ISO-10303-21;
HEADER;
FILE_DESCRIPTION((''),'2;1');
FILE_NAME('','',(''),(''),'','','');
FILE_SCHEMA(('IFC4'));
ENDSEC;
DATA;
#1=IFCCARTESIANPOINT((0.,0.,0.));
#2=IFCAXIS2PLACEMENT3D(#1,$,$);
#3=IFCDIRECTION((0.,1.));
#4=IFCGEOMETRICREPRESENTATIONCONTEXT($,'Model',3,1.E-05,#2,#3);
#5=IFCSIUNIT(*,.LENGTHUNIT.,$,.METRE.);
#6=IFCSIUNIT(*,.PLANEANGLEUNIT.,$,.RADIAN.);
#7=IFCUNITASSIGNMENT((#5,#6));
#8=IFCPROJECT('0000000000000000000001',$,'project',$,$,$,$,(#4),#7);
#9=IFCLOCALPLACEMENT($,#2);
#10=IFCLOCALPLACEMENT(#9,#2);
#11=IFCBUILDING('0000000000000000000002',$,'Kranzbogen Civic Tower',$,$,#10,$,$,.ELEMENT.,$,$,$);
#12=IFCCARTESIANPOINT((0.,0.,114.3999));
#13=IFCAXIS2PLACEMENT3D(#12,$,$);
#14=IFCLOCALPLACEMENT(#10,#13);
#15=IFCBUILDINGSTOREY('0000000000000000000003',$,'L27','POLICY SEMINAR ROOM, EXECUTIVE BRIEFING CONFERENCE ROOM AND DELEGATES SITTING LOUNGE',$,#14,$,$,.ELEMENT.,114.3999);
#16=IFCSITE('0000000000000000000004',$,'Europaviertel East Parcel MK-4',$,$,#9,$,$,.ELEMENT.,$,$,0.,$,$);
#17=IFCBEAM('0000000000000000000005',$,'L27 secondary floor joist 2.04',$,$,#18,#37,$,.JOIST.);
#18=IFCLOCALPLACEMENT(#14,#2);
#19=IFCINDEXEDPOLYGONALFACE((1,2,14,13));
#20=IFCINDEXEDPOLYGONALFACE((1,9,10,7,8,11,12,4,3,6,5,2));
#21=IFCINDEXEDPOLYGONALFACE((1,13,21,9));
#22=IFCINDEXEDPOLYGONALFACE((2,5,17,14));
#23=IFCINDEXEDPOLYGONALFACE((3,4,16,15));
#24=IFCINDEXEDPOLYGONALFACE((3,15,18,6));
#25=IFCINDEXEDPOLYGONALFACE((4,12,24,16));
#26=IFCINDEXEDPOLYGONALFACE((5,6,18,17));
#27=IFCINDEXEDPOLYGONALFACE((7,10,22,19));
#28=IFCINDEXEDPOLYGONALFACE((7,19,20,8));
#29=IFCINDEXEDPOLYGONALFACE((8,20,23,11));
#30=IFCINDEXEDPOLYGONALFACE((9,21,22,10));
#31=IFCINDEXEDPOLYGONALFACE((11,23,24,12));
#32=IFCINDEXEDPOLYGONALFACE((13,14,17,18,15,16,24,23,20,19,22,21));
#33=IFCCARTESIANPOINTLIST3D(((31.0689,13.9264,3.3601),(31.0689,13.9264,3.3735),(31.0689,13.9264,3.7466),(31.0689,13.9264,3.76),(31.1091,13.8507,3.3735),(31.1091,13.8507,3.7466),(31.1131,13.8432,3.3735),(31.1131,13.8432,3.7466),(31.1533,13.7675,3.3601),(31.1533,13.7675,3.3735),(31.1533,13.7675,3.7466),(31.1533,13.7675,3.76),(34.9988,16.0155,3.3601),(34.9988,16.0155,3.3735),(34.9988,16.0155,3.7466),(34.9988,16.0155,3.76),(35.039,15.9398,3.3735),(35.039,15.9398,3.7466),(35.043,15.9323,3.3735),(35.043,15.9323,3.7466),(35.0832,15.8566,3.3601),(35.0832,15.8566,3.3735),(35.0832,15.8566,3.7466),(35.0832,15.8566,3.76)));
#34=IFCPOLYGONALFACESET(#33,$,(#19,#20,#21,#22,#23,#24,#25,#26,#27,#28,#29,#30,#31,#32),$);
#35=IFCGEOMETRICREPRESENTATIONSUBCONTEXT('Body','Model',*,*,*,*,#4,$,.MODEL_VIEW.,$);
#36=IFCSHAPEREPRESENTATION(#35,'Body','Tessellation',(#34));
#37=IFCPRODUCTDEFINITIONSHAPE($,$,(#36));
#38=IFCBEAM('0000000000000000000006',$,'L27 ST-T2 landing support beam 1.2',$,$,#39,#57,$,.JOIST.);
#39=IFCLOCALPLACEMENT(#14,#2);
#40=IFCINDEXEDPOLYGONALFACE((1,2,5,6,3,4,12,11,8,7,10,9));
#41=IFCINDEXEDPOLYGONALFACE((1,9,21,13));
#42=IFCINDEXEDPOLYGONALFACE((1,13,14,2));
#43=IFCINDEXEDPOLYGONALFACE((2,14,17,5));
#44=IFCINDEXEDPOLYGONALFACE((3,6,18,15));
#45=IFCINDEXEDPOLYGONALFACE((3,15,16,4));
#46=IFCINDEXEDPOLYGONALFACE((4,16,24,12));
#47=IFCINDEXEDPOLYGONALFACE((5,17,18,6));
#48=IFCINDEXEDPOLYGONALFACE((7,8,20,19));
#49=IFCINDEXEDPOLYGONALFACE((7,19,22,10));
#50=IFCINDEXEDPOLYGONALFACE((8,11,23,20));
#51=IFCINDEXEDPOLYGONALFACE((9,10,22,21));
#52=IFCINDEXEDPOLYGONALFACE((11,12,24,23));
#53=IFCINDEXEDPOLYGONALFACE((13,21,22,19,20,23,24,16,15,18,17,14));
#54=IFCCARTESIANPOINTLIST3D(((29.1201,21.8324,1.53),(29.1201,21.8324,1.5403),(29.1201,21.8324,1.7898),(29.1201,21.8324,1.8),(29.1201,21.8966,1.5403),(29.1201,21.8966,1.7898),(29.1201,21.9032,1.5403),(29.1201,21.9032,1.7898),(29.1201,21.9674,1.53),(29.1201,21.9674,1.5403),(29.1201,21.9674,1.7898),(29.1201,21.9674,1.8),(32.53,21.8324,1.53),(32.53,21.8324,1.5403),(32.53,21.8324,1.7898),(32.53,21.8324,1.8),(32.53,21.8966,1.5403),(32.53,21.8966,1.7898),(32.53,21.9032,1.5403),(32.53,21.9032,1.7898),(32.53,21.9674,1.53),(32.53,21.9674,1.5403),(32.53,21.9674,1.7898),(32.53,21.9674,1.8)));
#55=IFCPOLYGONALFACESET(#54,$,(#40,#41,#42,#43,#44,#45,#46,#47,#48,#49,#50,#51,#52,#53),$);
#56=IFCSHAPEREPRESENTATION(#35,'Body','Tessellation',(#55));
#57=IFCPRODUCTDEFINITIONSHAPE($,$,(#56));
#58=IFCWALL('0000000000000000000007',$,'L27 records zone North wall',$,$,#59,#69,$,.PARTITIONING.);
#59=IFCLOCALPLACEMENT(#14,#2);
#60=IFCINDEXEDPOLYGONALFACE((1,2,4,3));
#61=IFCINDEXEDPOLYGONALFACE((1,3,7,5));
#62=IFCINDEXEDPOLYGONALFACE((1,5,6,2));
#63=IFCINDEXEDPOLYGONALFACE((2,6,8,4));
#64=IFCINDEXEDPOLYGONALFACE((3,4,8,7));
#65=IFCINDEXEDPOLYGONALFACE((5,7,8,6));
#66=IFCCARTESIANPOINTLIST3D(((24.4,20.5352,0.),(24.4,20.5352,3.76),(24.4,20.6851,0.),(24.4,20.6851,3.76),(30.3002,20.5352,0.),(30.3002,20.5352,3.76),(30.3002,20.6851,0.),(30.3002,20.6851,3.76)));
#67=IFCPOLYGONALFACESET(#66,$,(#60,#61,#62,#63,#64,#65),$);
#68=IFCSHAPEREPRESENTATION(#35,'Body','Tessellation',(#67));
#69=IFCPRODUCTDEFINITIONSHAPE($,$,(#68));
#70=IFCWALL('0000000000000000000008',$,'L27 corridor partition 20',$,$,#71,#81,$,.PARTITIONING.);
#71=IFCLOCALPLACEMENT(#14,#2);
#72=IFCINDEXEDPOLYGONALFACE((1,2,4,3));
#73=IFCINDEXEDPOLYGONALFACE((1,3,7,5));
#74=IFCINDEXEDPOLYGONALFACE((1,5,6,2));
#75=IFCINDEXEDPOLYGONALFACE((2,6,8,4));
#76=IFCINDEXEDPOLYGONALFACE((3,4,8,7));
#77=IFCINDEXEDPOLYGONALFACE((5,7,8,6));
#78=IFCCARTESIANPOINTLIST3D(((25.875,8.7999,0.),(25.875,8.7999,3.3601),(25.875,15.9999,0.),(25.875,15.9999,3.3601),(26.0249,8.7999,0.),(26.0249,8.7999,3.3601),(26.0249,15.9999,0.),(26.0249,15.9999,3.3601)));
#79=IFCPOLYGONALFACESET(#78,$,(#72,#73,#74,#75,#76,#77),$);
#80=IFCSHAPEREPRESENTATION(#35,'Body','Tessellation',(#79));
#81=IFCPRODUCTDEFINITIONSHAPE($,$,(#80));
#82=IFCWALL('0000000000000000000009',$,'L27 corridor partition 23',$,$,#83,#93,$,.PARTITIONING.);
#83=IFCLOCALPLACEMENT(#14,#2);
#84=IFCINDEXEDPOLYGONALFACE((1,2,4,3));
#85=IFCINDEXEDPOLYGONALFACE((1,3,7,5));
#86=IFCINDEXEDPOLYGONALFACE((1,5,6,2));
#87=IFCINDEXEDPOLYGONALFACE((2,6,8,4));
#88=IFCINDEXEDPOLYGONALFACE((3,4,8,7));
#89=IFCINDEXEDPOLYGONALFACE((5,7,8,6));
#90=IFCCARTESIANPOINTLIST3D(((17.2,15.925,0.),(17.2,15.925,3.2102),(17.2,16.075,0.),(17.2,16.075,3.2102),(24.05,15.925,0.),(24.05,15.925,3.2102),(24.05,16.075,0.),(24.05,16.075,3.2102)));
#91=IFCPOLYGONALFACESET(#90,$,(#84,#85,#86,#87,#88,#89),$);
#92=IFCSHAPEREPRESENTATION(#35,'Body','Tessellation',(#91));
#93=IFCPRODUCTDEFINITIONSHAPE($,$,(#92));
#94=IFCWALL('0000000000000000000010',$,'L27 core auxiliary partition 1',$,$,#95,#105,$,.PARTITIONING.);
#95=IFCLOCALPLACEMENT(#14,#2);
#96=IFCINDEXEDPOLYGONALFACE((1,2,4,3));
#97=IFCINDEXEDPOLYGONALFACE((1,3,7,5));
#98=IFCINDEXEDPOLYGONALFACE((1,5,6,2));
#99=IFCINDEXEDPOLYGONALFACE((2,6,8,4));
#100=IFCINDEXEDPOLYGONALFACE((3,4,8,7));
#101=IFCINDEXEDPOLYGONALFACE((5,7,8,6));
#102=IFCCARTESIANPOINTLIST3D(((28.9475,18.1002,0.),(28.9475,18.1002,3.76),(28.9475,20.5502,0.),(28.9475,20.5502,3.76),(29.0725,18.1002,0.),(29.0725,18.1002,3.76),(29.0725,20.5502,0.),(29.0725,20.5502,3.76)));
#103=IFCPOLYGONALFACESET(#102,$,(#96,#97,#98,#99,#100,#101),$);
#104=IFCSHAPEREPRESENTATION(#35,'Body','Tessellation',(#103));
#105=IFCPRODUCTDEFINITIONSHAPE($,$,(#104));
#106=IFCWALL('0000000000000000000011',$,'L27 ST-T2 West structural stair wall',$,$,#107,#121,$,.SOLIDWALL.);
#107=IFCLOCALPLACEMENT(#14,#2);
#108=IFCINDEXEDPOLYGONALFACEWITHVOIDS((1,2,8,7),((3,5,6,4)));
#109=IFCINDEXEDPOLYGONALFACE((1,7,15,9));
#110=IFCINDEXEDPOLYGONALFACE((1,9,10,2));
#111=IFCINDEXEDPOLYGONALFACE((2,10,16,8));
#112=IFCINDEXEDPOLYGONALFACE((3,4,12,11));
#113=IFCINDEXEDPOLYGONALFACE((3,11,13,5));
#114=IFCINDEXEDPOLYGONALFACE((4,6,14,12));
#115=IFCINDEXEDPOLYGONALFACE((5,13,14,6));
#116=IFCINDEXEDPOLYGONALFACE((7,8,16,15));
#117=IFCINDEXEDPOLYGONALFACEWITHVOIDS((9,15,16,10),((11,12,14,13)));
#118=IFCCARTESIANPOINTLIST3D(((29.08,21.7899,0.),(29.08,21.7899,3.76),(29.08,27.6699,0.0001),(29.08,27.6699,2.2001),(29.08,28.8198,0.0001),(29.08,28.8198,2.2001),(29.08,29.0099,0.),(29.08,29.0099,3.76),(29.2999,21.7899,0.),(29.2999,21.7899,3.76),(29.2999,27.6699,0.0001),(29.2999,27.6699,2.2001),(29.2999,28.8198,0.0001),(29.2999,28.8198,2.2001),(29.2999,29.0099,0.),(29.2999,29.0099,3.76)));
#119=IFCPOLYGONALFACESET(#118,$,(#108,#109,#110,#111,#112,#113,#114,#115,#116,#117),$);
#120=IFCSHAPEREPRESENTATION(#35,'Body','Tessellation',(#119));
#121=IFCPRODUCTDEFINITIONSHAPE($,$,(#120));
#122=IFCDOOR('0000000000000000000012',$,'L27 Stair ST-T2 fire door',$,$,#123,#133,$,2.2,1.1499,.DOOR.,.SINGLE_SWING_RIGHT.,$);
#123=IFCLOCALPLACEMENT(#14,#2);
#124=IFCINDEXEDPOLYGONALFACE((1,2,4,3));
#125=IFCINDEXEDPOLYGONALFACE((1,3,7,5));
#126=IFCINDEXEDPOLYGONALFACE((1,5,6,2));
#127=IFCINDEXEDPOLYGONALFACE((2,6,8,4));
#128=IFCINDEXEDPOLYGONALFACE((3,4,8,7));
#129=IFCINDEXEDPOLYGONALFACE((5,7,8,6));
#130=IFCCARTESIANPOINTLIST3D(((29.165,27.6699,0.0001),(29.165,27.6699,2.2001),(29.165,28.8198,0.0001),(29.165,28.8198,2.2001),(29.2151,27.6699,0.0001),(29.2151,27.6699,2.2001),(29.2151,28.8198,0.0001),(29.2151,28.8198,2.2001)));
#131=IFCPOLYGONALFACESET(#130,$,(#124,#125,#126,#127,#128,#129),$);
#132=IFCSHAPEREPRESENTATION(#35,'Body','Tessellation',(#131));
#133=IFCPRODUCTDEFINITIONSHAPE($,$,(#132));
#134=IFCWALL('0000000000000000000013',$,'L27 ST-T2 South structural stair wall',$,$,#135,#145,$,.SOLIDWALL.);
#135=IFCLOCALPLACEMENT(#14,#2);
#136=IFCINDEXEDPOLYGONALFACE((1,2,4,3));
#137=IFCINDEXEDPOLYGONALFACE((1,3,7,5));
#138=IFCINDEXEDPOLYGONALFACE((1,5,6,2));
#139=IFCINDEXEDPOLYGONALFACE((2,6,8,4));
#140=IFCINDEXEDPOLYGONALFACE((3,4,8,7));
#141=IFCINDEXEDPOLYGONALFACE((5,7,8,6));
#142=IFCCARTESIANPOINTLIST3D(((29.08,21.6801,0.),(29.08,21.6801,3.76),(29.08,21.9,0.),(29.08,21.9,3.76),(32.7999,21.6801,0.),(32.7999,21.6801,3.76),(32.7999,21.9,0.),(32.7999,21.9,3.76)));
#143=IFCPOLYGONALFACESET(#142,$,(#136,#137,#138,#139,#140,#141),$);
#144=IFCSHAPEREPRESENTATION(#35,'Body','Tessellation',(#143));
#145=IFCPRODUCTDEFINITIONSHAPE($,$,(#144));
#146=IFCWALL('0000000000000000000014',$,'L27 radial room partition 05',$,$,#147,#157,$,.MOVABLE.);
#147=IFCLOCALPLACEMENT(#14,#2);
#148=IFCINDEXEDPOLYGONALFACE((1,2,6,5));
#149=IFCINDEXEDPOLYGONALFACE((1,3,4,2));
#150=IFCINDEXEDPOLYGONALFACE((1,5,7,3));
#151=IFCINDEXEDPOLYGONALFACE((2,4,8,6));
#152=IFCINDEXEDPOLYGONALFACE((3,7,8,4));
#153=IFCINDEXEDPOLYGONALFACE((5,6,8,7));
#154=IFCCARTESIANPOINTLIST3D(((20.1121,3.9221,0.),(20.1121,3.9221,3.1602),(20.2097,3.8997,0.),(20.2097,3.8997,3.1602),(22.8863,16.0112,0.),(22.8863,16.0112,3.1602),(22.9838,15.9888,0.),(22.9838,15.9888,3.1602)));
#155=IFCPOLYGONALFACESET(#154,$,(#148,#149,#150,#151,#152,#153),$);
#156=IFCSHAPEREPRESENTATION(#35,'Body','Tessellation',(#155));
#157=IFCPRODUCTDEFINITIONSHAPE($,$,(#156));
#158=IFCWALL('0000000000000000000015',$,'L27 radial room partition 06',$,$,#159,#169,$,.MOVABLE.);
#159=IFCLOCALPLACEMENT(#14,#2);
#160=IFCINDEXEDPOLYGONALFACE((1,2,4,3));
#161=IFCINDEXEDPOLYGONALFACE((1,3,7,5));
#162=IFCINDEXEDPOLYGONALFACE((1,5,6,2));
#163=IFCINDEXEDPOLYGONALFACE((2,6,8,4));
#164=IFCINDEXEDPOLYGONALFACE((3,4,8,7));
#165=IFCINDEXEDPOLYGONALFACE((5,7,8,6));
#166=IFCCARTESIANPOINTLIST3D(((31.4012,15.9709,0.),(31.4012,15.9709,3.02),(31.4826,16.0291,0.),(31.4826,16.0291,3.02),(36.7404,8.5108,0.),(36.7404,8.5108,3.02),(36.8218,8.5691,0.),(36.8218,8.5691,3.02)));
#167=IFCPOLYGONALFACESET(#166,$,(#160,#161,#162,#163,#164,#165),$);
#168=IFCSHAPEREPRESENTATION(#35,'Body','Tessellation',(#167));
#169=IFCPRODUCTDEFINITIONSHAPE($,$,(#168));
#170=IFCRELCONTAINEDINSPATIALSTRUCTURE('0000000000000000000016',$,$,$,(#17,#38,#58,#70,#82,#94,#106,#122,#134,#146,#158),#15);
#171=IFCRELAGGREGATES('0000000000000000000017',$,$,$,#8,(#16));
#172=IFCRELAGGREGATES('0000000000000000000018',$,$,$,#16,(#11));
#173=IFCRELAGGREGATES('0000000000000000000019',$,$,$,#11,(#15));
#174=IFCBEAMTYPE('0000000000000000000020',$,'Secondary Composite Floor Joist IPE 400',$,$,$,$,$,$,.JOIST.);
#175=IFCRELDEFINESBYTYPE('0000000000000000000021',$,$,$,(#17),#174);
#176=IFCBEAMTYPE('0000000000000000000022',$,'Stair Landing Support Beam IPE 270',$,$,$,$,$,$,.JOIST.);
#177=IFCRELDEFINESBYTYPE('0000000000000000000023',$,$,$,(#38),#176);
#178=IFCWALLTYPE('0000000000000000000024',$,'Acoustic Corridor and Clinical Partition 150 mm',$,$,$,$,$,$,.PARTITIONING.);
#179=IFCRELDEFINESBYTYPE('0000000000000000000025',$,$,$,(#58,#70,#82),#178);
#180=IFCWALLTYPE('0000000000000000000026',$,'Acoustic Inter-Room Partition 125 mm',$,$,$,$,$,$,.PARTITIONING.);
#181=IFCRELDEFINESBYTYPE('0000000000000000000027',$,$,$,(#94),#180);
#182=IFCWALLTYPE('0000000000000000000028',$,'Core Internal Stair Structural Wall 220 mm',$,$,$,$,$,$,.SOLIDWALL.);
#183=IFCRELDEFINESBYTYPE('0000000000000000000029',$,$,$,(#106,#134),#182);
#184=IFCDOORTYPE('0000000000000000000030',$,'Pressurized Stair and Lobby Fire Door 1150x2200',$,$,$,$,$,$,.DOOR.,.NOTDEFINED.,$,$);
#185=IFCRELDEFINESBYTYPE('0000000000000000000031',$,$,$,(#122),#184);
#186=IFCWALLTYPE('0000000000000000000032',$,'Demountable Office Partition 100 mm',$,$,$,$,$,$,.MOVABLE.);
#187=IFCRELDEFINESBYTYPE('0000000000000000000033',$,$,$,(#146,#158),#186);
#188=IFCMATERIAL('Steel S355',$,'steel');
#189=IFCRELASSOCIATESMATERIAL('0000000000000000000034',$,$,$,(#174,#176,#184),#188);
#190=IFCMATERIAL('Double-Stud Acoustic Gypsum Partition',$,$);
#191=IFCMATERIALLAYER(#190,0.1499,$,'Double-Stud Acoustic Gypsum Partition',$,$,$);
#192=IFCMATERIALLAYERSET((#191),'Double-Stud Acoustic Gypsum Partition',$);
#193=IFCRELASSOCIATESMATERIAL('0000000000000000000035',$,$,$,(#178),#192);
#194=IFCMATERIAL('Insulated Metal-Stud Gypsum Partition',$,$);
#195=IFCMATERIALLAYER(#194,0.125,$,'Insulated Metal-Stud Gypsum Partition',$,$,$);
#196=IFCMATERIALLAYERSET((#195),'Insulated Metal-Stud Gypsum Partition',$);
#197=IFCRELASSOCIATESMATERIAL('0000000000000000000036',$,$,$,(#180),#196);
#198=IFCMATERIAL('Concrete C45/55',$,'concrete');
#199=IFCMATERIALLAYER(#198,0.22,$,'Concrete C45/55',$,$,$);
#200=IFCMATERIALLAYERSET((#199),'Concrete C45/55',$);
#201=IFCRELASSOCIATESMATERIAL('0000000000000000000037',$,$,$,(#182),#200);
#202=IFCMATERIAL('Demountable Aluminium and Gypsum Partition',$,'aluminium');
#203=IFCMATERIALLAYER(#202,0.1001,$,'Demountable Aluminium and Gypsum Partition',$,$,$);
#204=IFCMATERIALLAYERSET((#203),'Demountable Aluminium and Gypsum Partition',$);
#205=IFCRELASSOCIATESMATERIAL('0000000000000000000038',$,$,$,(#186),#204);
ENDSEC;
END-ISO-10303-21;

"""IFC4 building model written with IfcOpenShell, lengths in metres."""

from ifc_helpers import new_model, si_unit, direction, frame, frame_2d, origin, origin_2d, place, context, subcontext, project, spatial, rectangle, i_section, extrude, material, layer, layer_set, material_profile, profile_set, type_object, element, fill, save


model = new_model("IFC4")

# Units and contexts
model_context = context("Model", 3, precision=1e-05, world=origin(), true_north=direction((0.0, 1.0)))
body_context = subcontext(model_context, "Body", "Model", "MODEL_VIEW")
ifc_project = project(units=[si_unit("LENGTHUNIT", "METRE"), si_unit("PLANEANGLEUNIT", "RADIAN")], contexts=[model_context])

# Site, building, storey
site_placement = place(None, origin())
site = spatial("IfcSite", under=ifc_project, at=site_placement, Name="Europaviertel East Parcel MK-4", CompositionType="ELEMENT", RefElevation=0.0)
building_placement = place(site_placement, origin())
building = spatial("IfcBuilding", under=site, at=building_placement, Name="Kranzbogen Civic Tower", CompositionType="ELEMENT")
storey_placement = place(building_placement, frame((0.0, 0.0, 114.3999)))
storey = spatial("IfcBuildingStorey", under=building, at=storey_placement, Name="L27", Description="POLICY SEMINAR ROOM, EXECUTIVE BRIEFING CONFERENCE ROOM AND DELEGATES SITTING LOUNGE", CompositionType="ELEMENT", Elevation=114.3999)

# Beams
ifc_material_1 = material(Name="Steel S355", Category="steel")
ifc_material_profile_1 = material_profile(ifc_material_1, i_section(OverallWidth=0.1799, OverallDepth=0.3999, WebThickness=0.0085, FlangeThickness=0.0134, at=origin_2d()), Name="IPE 400")
ifc_profile_set_1 = profile_set([ifc_material_profile_1], Name="Steel S355")
beam_type_1 = type_object("IfcBeamType", Name="Secondary Composite Floor Joist IPE 400", PredefinedType="JOIST", material=ifc_profile_set_1)
beam_1_placement = place(storey_placement, frame((31.1111, 13.8469, 3.5601), z_axis=(0.882991, 0.469389, 0.0), x_axis=(-0.469389, 0.882991, 0.0)))
element("IfcBeam", 1, at=beam_1_placement, inside=storey, type_object=beam_type_1, Name="L27 secondary floor joist 2.04", PredefinedType="JOIST", context=body_context, shape_type="SweptSolid", body=[
    extrude(i_section(OverallWidth=0.1799, OverallDepth=0.3999, WebThickness=0.0085, FlangeThickness=0.0134, at=origin_2d()), origin(), (0.0, 0.0, 1.0), 4.4507),
])
ifc_material_profile_2 = material_profile(ifc_material_1, i_section(OverallWidth=0.135, OverallDepth=0.27, WebThickness=0.0066, FlangeThickness=0.0103, at=origin_2d()), Name="IPE 270")
ifc_profile_set_2 = profile_set([ifc_material_profile_2], Name="Steel S355")
beam_type_2 = type_object("IfcBeamType", Name="Stair Landing Support Beam IPE 270", PredefinedType="JOIST", material=ifc_profile_set_2)
beam_2_placement = place(storey_placement, frame((29.1201, 21.8999, 1.665), z_axis=(1.0, 0.0, 0.0), x_axis=(0.0, 1.0, 0.0)))
element("IfcBeam", 2, at=beam_2_placement, inside=storey, type_object=beam_type_2, Name="L27 ST-T2 landing support beam 1.2", PredefinedType="JOIST", context=body_context, shape_type="SweptSolid", body=[
    extrude(i_section(OverallWidth=0.135, OverallDepth=0.27, WebThickness=0.0066, FlangeThickness=0.0103, at=origin_2d()), origin(), (0.0, 0.0, 1.0), 3.4099),
])

# Walls
ifc_material_2 = material(Name="Double-Stud Acoustic Gypsum Partition")
ifc_layer_1 = layer(ifc_material_2, 0.1499, Name="Double-Stud Acoustic Gypsum Partition")
ifc_layer_set_1 = layer_set([ifc_layer_1], Name="Double-Stud Acoustic Gypsum Partition")
wall_type_1 = type_object("IfcWallType", Name="Acoustic Corridor and Clinical Partition 150 mm", PredefinedType="PARTITIONING", material=ifc_layer_set_1)
wall_1_placement = place(storey_placement, frame((24.3999, 20.6101, 0.0), z_axis=(0.0, 0.0, 1.0), x_axis=(1.0, 0.0, 0.0)))
element("IfcWall", 3, at=wall_1_placement, inside=storey, type_object=wall_type_1, Name="L27 records zone North wall", PredefinedType="PARTITIONING", context=body_context, shape_type="SweptSolid", body=[
    extrude(rectangle(XDim=5.9001, YDim=0.1499, at=frame_2d((2.9502, 0.0))), origin(), (0.0, 0.0, 1.0), 3.76),
])
wall_2_placement = place(storey_placement, frame((25.95, 16.0, 0.0), z_axis=(0.0, 0.0, 1.0), x_axis=(0.0, -1.0, 0.0)))
element("IfcWall", 4, at=wall_2_placement, inside=storey, type_object=wall_type_1, Name="L27 corridor partition 20", PredefinedType="PARTITIONING", context=body_context, shape_type="SweptSolid", body=[
    extrude(rectangle(XDim=7.2, YDim=0.1499, at=frame_2d((3.6001, 0.0))), origin(), (0.0, 0.0, 1.0), 3.3601),
])
wall_3_placement = place(storey_placement, frame((24.05, 16.0, 0.0), z_axis=(0.0, 0.0, 1.0), x_axis=(-1.0, 0.0, 0.0)))
element("IfcWall", 5, at=wall_3_placement, inside=storey, type_object=wall_type_1, Name="L27 corridor partition 23", PredefinedType="PARTITIONING", context=body_context, shape_type="SweptSolid", body=[
    extrude(rectangle(XDim=6.8501, YDim=0.1499, at=frame_2d((3.425, 0.0))), origin(), (0.0, 0.0, 1.0), 3.2102),
])
ifc_material_3 = material(Name="Insulated Metal-Stud Gypsum Partition")
ifc_layer_2 = layer(ifc_material_3, 0.125, Name="Insulated Metal-Stud Gypsum Partition")
ifc_layer_set_2 = layer_set([ifc_layer_2], Name="Insulated Metal-Stud Gypsum Partition")
wall_type_2 = type_object("IfcWallType", Name="Acoustic Inter-Room Partition 125 mm", PredefinedType="PARTITIONING", material=ifc_layer_set_2)
wall_4_placement = place(storey_placement, frame((29.01, 18.1001, 0.0), z_axis=(0.0, 0.0, 1.0), x_axis=(0.0, 1.0, 0.0)))
element("IfcWall", 6, at=wall_4_placement, inside=storey, type_object=wall_type_2, Name="L27 core auxiliary partition 1", PredefinedType="PARTITIONING", context=body_context, shape_type="SweptSolid", body=[
    extrude(rectangle(XDim=2.45, YDim=0.125, at=frame_2d((1.2251, 0.0))), origin(), (0.0, 0.0, 1.0), 3.76),
])

# Wall, opening, door
ifc_material_4 = material(Name="Concrete C45/55", Category="concrete")
ifc_layer_3 = layer(ifc_material_4, 0.22, Name="Concrete C45/55")
ifc_layer_set_3 = layer_set([ifc_layer_3], Name="Concrete C45/55")
wall_type_3 = type_object("IfcWallType", Name="Core Internal Stair Structural Wall 220 mm", PredefinedType="SOLIDWALL", material=ifc_layer_set_3)
wall_5_placement = place(storey_placement, frame((29.1899, 21.79, 0.0), z_axis=(0.0, 0.0, 1.0), x_axis=(0.0, 1.0, 0.0)))
wall_5 = element("IfcWall", 7, at=wall_5_placement, inside=storey, type_object=wall_type_3, Name="L27 ST-T2 West structural stair wall", PredefinedType="SOLIDWALL", context=body_context, shape_type="SweptSolid", body=[
    extrude(rectangle(XDim=7.22, YDim=0.22, at=frame_2d((3.6099, 0.0))), origin(), (0.0, 0.0, 1.0), 3.76),
])
opening_1_placement = place(wall_5_placement, frame((5.8799, 0.0, 0.0)))
opening_1 = element("IfcOpeningElement", 8, at=opening_1_placement, cuts=wall_5, PredefinedType="OPENING", context=body_context, shape_type="SweptSolid", body=[
    extrude(rectangle(XDim=1.1499, YDim=2.2, at=frame_2d((0.575, 1.1001))), frame((0.0, 0.1201, 0.0), z_axis=(0.0, -1.0, 0.0), x_axis=(1.0, 0.0, 0.0)), (0.0, 0.0, 1.0), 0.24),
])
door_type_1 = type_object("IfcDoorType", Name="Pressurized Stair and Lobby Fire Door 1150x2200", OperationType="NOTDEFINED", PredefinedType="DOOR", material=ifc_material_1)
door_1_placement = place(opening_1_placement, origin())
door_1 = element("IfcDoor", 9, at=door_1_placement, inside=storey, type_object=door_type_1, Name="L27 Stair ST-T2 fire door", OperationType="SINGLE_SWING_RIGHT", OverallHeight=2.2, OverallWidth=1.1499, PredefinedType="DOOR", context=body_context, shape_type="SweptSolid", body=[
    extrude(rectangle(XDim=1.1499, YDim=2.2, at=frame_2d((0.575, 1.1001))), frame((0.0, 0.0249, 0.0), z_axis=(0.0, -1.0, 0.0), x_axis=(1.0, 0.0, 0.0)), (0.0, 0.0, 1.0), 0.05),
])
fill(opening_1, door_1)

# Walls
wall_6_placement = place(storey_placement, frame((29.0801, 21.79, 0.0), z_axis=(0.0, 0.0, 1.0), x_axis=(1.0, 0.0, 0.0)))
element("IfcWall", 10, at=wall_6_placement, inside=storey, type_object=wall_type_3, Name="L27 ST-T2 South structural stair wall", PredefinedType="SOLIDWALL", context=body_context, shape_type="SweptSolid", body=[
    extrude(rectangle(XDim=3.72, YDim=0.22, at=frame_2d((1.8599, 0.0))), origin(), (0.0, 0.0, 1.0), 3.76),
])
ifc_material_5 = material(Name="Demountable Aluminium and Gypsum Partition", Category="aluminium")
ifc_layer_4 = layer(ifc_material_5, 0.1001, Name="Demountable Aluminium and Gypsum Partition")
ifc_layer_set_4 = layer_set([ifc_layer_4], Name="Demountable Aluminium and Gypsum Partition")
wall_type_4 = type_object("IfcWallType", Name="Demountable Office Partition 100 mm", PredefinedType="MOVABLE", material=ifc_layer_set_4)
wall_7_placement = place(storey_placement, frame((22.9351, 16.0, 0.0), z_axis=(0.0, 0.0, 1.0), x_axis=(-0.223663, -0.974666, 0.0)))
element("IfcWall", 11, at=wall_7_placement, inside=storey, type_object=wall_type_4, Name="L27 radial room partition 05", PredefinedType="MOVABLE", context=body_context, shape_type="SweptSolid", body=[
    extrude(rectangle(XDim=12.4033, YDim=0.1001, at=frame_2d((6.2017, 0.0))), origin(), (0.0, 0.0, 1.0), 3.1602),
])
wall_8_placement = place(storey_placement, frame((31.4419, 16.0, 0.0), z_axis=(0.0, 0.0, 1.0), x_axis=(0.582001, -0.813188, 0.0)))
element("IfcWall", 12, at=wall_8_placement, inside=storey, type_object=wall_type_4, Name="L27 radial room partition 06", PredefinedType="MOVABLE", context=body_context, shape_type="SweptSolid", body=[
    extrude(rectangle(XDim=9.1738, YDim=0.1001, at=frame_2d((4.5869, 0.0))), origin(), (0.0, 0.0, 1.0), 3.02),
])

save(model, "model.ifc")
